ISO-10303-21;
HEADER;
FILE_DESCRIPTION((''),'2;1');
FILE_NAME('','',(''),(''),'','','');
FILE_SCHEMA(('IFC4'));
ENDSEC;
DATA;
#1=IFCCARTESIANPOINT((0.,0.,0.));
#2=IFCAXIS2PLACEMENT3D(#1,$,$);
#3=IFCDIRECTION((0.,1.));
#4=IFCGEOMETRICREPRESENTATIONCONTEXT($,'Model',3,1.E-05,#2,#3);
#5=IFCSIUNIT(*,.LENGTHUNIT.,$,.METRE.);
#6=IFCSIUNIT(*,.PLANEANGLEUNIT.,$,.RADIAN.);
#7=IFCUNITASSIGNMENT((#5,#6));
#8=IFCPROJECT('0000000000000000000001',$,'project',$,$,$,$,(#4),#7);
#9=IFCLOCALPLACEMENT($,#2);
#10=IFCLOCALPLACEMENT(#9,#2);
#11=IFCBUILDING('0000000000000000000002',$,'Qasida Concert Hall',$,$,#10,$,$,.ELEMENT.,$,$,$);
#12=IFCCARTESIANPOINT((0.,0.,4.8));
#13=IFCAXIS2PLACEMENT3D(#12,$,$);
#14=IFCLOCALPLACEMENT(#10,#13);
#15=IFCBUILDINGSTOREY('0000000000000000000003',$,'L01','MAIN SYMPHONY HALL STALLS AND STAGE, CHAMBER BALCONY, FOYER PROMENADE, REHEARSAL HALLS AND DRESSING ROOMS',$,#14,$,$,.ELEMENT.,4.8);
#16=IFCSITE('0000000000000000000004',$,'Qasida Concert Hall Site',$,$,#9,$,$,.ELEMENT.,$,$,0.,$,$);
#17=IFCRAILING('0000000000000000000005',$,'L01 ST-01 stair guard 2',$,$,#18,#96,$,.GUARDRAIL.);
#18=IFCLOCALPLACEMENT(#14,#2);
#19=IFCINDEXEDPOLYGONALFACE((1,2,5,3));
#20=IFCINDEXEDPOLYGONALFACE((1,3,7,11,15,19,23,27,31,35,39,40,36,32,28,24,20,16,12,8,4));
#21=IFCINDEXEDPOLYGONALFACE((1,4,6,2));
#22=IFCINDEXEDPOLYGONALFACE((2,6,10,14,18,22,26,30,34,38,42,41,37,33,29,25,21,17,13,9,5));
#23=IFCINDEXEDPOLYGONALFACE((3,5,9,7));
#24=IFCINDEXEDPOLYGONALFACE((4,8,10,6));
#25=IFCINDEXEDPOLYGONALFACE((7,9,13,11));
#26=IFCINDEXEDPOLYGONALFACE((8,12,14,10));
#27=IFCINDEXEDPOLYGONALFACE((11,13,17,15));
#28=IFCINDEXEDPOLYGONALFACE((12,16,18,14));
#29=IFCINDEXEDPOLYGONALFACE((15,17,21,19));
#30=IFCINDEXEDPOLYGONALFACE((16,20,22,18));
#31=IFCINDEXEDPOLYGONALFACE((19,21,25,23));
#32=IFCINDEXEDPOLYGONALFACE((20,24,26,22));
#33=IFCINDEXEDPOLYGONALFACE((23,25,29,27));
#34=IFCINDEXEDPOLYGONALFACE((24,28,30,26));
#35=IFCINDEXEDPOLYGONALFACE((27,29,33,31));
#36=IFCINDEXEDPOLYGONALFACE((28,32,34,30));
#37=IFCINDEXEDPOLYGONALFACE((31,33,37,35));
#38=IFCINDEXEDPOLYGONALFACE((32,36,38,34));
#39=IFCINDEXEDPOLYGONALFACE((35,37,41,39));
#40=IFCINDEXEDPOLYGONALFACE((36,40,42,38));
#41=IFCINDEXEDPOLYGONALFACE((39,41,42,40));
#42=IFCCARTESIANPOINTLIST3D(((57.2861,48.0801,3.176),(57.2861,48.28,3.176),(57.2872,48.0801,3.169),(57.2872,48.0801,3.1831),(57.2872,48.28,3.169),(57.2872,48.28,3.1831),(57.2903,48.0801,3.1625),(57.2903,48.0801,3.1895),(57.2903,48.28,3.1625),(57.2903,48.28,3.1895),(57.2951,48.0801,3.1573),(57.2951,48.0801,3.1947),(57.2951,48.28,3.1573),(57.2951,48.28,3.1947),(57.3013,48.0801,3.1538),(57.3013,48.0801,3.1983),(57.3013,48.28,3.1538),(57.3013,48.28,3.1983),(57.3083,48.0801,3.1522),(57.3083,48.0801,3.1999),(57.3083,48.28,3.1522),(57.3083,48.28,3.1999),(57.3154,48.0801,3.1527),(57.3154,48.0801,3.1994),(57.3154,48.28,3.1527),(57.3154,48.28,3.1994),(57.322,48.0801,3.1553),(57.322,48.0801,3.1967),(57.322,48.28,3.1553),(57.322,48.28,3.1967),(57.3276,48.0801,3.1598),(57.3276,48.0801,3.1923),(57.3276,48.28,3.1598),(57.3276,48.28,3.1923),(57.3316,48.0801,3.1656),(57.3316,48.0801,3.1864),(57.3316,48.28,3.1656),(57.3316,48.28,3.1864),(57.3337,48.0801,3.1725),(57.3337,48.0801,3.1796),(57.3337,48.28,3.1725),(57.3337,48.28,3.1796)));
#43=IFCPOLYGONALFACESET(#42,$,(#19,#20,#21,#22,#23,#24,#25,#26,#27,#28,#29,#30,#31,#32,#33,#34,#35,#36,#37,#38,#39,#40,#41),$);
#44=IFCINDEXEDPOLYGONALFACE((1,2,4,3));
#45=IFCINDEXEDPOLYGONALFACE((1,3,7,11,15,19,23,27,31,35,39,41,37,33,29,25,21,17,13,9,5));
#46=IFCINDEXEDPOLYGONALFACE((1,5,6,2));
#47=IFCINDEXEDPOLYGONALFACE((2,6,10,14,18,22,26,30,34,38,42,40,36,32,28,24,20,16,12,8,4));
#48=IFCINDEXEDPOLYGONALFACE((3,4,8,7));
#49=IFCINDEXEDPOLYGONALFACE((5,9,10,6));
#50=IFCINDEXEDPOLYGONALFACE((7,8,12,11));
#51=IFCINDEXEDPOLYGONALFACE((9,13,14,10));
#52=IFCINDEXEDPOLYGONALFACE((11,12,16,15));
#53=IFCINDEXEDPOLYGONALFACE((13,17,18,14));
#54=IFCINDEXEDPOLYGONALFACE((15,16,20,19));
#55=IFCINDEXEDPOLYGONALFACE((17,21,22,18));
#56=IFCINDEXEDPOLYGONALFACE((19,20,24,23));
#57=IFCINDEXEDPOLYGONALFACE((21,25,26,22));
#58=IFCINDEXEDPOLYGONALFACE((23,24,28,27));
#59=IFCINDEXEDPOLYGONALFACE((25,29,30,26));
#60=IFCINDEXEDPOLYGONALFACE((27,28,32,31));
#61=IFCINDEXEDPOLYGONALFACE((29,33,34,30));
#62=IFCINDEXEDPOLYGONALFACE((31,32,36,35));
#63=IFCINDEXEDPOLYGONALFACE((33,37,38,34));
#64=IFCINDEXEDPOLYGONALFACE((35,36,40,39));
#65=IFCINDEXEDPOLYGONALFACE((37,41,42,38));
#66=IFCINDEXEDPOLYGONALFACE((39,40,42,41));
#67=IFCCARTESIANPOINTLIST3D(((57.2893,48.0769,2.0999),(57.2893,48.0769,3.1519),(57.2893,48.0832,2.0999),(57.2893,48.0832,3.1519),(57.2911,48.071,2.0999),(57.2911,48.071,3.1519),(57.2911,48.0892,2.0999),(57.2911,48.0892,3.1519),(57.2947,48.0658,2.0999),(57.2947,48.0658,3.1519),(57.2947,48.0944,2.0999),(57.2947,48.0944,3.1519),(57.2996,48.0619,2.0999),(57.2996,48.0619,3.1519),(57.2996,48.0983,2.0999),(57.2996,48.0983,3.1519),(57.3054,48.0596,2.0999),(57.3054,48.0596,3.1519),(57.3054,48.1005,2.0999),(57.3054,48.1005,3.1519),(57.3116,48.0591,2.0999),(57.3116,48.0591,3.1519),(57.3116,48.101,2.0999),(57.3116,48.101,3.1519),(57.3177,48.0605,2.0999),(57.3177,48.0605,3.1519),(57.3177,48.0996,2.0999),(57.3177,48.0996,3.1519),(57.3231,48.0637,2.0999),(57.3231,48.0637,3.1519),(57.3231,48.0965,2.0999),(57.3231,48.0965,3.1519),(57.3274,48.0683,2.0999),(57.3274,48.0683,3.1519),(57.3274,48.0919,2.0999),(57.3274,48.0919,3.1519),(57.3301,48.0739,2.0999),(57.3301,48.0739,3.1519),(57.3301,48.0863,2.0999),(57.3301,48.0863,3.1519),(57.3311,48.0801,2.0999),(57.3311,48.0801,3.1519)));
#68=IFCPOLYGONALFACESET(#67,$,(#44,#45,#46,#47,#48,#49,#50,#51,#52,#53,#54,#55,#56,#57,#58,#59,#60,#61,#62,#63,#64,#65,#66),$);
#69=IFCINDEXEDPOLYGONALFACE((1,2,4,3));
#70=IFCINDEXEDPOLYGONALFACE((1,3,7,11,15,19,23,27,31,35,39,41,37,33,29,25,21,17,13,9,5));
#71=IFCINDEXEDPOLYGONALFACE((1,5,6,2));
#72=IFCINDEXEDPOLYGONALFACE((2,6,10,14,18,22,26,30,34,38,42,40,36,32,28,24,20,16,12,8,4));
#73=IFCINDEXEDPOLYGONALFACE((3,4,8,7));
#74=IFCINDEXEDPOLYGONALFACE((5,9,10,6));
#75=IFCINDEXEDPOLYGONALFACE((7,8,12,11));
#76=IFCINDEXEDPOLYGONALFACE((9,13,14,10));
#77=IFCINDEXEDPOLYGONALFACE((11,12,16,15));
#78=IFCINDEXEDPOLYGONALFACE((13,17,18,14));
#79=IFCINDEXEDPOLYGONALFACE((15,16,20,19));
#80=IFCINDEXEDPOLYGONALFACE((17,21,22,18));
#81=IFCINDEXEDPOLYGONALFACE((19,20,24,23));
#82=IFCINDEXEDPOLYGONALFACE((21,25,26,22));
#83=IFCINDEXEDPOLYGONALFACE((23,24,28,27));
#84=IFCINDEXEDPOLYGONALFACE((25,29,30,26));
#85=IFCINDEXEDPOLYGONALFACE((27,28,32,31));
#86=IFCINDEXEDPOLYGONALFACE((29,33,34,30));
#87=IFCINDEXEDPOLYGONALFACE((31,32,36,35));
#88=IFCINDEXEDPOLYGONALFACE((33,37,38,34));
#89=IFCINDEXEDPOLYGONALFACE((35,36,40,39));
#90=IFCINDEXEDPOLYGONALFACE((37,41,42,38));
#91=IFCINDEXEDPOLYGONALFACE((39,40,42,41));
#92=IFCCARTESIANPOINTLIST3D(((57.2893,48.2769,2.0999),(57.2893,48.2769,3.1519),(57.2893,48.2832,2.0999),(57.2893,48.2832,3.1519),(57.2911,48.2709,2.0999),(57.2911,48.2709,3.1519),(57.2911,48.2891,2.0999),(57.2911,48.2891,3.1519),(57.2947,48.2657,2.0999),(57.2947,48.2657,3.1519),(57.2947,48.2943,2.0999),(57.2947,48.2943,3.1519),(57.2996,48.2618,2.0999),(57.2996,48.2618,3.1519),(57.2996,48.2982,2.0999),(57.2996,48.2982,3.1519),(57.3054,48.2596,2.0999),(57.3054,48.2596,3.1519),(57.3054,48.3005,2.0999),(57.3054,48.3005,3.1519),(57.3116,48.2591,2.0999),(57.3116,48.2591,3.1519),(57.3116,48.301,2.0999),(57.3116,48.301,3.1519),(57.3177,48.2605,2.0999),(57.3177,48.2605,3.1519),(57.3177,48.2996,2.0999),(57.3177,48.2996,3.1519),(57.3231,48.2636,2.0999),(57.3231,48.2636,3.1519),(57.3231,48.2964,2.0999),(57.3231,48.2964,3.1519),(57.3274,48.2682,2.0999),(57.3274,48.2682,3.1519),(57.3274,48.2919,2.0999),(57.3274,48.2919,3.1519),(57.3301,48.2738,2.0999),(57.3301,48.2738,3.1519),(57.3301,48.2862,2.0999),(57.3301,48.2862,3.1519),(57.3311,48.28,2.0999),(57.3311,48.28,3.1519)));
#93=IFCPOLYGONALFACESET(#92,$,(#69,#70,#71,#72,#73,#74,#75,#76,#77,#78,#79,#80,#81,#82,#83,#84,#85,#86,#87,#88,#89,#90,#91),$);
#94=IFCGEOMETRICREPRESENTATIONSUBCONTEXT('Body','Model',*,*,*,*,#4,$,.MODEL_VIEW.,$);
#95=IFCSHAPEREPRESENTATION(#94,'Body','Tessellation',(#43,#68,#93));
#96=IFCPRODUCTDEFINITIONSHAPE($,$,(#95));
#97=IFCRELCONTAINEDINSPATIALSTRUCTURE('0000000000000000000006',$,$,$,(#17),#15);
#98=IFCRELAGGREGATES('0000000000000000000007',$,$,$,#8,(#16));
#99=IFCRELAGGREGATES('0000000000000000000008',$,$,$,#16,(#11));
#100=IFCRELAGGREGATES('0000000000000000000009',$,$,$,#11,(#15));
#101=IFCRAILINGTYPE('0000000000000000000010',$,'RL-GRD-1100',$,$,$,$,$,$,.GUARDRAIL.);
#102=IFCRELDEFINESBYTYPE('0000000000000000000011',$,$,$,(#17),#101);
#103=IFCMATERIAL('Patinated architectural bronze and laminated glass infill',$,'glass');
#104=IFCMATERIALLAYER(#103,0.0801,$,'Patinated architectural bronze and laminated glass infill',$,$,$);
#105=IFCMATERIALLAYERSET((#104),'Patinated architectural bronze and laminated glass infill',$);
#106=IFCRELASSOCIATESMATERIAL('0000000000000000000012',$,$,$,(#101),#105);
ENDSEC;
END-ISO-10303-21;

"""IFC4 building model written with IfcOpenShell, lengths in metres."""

from ifc_helpers import new_model, si_unit, direction, frame, origin, origin_2d, place, context, subcontext, project, spatial, circle, extrude, material, layer, layer_set, type_object, element, save


model = new_model("IFC4")

# Units and contexts
model_context = context("Model", 3, precision=1e-05, world=origin(), true_north=direction((0.0, 1.0)))
body_context = subcontext(model_context, "Body", "Model", "MODEL_VIEW")
ifc_project = project(units=[si_unit("LENGTHUNIT", "METRE"), si_unit("PLANEANGLEUNIT", "RADIAN")], contexts=[model_context])

# Site, building, storey
site_placement = place(None, origin())
site = spatial("IfcSite", under=ifc_project, at=site_placement, Name="Qasida Concert Hall Site", CompositionType="ELEMENT", RefElevation=0.0)
building_placement = place(site_placement, origin())
building = spatial("IfcBuilding", under=site, at=building_placement, Name="Qasida Concert Hall", CompositionType="ELEMENT")
storey_placement = place(building_placement, frame((0.0, 0.0, 4.8)))
storey = spatial("IfcBuildingStorey", under=building, at=storey_placement, Name="L01", Description="MAIN SYMPHONY HALL STALLS AND STAGE, CHAMBER BALCONY, FOYER PROMENADE, REHEARSAL HALLS AND DRESSING ROOMS", CompositionType="ELEMENT", Elevation=4.8)

# Railing
ifc_material_1 = material(Name="Patinated architectural bronze and laminated glass infill", Category="glass")
ifc_layer_1 = layer(ifc_material_1, 0.0801, Name="Patinated architectural bronze and laminated glass infill")
ifc_layer_set_1 = layer_set([ifc_layer_1], Name="Patinated architectural bronze and laminated glass infill")
railing_type = type_object("IfcRailingType", Name="RL-GRD-1100", PredefinedType="GUARDRAIL", material=ifc_layer_set_1)
railing_placement = place(storey_placement, frame((57.3101, 48.0801, 2.0999)))
element("IfcRailing", 1, at=railing_placement, inside=storey, type_object=railing_type, Name="L01 ST-01 stair guard 2", PredefinedType="GUARDRAIL", context=body_context, shape_type="SweptSolid", body=[
    extrude(circle(Radius=0.0239, at=origin_2d()), frame((0.0, 0.0, 1.0762), z_axis=(0.0, 1.0, 0.0), x_axis=(-1.0, 0.0, 0.0)), (0.0, 0.0, 1.0), 0.2),
    extrude(circle(Radius=0.021, at=origin_2d()), origin(), (0.0, 0.0, 1.0), 1.052),
    extrude(circle(Radius=0.021, at=origin_2d()), frame((0.0, 0.2, 0.0)), (0.0, 0.0, 1.0), 1.052),
])

save(model, "model.ifc")
